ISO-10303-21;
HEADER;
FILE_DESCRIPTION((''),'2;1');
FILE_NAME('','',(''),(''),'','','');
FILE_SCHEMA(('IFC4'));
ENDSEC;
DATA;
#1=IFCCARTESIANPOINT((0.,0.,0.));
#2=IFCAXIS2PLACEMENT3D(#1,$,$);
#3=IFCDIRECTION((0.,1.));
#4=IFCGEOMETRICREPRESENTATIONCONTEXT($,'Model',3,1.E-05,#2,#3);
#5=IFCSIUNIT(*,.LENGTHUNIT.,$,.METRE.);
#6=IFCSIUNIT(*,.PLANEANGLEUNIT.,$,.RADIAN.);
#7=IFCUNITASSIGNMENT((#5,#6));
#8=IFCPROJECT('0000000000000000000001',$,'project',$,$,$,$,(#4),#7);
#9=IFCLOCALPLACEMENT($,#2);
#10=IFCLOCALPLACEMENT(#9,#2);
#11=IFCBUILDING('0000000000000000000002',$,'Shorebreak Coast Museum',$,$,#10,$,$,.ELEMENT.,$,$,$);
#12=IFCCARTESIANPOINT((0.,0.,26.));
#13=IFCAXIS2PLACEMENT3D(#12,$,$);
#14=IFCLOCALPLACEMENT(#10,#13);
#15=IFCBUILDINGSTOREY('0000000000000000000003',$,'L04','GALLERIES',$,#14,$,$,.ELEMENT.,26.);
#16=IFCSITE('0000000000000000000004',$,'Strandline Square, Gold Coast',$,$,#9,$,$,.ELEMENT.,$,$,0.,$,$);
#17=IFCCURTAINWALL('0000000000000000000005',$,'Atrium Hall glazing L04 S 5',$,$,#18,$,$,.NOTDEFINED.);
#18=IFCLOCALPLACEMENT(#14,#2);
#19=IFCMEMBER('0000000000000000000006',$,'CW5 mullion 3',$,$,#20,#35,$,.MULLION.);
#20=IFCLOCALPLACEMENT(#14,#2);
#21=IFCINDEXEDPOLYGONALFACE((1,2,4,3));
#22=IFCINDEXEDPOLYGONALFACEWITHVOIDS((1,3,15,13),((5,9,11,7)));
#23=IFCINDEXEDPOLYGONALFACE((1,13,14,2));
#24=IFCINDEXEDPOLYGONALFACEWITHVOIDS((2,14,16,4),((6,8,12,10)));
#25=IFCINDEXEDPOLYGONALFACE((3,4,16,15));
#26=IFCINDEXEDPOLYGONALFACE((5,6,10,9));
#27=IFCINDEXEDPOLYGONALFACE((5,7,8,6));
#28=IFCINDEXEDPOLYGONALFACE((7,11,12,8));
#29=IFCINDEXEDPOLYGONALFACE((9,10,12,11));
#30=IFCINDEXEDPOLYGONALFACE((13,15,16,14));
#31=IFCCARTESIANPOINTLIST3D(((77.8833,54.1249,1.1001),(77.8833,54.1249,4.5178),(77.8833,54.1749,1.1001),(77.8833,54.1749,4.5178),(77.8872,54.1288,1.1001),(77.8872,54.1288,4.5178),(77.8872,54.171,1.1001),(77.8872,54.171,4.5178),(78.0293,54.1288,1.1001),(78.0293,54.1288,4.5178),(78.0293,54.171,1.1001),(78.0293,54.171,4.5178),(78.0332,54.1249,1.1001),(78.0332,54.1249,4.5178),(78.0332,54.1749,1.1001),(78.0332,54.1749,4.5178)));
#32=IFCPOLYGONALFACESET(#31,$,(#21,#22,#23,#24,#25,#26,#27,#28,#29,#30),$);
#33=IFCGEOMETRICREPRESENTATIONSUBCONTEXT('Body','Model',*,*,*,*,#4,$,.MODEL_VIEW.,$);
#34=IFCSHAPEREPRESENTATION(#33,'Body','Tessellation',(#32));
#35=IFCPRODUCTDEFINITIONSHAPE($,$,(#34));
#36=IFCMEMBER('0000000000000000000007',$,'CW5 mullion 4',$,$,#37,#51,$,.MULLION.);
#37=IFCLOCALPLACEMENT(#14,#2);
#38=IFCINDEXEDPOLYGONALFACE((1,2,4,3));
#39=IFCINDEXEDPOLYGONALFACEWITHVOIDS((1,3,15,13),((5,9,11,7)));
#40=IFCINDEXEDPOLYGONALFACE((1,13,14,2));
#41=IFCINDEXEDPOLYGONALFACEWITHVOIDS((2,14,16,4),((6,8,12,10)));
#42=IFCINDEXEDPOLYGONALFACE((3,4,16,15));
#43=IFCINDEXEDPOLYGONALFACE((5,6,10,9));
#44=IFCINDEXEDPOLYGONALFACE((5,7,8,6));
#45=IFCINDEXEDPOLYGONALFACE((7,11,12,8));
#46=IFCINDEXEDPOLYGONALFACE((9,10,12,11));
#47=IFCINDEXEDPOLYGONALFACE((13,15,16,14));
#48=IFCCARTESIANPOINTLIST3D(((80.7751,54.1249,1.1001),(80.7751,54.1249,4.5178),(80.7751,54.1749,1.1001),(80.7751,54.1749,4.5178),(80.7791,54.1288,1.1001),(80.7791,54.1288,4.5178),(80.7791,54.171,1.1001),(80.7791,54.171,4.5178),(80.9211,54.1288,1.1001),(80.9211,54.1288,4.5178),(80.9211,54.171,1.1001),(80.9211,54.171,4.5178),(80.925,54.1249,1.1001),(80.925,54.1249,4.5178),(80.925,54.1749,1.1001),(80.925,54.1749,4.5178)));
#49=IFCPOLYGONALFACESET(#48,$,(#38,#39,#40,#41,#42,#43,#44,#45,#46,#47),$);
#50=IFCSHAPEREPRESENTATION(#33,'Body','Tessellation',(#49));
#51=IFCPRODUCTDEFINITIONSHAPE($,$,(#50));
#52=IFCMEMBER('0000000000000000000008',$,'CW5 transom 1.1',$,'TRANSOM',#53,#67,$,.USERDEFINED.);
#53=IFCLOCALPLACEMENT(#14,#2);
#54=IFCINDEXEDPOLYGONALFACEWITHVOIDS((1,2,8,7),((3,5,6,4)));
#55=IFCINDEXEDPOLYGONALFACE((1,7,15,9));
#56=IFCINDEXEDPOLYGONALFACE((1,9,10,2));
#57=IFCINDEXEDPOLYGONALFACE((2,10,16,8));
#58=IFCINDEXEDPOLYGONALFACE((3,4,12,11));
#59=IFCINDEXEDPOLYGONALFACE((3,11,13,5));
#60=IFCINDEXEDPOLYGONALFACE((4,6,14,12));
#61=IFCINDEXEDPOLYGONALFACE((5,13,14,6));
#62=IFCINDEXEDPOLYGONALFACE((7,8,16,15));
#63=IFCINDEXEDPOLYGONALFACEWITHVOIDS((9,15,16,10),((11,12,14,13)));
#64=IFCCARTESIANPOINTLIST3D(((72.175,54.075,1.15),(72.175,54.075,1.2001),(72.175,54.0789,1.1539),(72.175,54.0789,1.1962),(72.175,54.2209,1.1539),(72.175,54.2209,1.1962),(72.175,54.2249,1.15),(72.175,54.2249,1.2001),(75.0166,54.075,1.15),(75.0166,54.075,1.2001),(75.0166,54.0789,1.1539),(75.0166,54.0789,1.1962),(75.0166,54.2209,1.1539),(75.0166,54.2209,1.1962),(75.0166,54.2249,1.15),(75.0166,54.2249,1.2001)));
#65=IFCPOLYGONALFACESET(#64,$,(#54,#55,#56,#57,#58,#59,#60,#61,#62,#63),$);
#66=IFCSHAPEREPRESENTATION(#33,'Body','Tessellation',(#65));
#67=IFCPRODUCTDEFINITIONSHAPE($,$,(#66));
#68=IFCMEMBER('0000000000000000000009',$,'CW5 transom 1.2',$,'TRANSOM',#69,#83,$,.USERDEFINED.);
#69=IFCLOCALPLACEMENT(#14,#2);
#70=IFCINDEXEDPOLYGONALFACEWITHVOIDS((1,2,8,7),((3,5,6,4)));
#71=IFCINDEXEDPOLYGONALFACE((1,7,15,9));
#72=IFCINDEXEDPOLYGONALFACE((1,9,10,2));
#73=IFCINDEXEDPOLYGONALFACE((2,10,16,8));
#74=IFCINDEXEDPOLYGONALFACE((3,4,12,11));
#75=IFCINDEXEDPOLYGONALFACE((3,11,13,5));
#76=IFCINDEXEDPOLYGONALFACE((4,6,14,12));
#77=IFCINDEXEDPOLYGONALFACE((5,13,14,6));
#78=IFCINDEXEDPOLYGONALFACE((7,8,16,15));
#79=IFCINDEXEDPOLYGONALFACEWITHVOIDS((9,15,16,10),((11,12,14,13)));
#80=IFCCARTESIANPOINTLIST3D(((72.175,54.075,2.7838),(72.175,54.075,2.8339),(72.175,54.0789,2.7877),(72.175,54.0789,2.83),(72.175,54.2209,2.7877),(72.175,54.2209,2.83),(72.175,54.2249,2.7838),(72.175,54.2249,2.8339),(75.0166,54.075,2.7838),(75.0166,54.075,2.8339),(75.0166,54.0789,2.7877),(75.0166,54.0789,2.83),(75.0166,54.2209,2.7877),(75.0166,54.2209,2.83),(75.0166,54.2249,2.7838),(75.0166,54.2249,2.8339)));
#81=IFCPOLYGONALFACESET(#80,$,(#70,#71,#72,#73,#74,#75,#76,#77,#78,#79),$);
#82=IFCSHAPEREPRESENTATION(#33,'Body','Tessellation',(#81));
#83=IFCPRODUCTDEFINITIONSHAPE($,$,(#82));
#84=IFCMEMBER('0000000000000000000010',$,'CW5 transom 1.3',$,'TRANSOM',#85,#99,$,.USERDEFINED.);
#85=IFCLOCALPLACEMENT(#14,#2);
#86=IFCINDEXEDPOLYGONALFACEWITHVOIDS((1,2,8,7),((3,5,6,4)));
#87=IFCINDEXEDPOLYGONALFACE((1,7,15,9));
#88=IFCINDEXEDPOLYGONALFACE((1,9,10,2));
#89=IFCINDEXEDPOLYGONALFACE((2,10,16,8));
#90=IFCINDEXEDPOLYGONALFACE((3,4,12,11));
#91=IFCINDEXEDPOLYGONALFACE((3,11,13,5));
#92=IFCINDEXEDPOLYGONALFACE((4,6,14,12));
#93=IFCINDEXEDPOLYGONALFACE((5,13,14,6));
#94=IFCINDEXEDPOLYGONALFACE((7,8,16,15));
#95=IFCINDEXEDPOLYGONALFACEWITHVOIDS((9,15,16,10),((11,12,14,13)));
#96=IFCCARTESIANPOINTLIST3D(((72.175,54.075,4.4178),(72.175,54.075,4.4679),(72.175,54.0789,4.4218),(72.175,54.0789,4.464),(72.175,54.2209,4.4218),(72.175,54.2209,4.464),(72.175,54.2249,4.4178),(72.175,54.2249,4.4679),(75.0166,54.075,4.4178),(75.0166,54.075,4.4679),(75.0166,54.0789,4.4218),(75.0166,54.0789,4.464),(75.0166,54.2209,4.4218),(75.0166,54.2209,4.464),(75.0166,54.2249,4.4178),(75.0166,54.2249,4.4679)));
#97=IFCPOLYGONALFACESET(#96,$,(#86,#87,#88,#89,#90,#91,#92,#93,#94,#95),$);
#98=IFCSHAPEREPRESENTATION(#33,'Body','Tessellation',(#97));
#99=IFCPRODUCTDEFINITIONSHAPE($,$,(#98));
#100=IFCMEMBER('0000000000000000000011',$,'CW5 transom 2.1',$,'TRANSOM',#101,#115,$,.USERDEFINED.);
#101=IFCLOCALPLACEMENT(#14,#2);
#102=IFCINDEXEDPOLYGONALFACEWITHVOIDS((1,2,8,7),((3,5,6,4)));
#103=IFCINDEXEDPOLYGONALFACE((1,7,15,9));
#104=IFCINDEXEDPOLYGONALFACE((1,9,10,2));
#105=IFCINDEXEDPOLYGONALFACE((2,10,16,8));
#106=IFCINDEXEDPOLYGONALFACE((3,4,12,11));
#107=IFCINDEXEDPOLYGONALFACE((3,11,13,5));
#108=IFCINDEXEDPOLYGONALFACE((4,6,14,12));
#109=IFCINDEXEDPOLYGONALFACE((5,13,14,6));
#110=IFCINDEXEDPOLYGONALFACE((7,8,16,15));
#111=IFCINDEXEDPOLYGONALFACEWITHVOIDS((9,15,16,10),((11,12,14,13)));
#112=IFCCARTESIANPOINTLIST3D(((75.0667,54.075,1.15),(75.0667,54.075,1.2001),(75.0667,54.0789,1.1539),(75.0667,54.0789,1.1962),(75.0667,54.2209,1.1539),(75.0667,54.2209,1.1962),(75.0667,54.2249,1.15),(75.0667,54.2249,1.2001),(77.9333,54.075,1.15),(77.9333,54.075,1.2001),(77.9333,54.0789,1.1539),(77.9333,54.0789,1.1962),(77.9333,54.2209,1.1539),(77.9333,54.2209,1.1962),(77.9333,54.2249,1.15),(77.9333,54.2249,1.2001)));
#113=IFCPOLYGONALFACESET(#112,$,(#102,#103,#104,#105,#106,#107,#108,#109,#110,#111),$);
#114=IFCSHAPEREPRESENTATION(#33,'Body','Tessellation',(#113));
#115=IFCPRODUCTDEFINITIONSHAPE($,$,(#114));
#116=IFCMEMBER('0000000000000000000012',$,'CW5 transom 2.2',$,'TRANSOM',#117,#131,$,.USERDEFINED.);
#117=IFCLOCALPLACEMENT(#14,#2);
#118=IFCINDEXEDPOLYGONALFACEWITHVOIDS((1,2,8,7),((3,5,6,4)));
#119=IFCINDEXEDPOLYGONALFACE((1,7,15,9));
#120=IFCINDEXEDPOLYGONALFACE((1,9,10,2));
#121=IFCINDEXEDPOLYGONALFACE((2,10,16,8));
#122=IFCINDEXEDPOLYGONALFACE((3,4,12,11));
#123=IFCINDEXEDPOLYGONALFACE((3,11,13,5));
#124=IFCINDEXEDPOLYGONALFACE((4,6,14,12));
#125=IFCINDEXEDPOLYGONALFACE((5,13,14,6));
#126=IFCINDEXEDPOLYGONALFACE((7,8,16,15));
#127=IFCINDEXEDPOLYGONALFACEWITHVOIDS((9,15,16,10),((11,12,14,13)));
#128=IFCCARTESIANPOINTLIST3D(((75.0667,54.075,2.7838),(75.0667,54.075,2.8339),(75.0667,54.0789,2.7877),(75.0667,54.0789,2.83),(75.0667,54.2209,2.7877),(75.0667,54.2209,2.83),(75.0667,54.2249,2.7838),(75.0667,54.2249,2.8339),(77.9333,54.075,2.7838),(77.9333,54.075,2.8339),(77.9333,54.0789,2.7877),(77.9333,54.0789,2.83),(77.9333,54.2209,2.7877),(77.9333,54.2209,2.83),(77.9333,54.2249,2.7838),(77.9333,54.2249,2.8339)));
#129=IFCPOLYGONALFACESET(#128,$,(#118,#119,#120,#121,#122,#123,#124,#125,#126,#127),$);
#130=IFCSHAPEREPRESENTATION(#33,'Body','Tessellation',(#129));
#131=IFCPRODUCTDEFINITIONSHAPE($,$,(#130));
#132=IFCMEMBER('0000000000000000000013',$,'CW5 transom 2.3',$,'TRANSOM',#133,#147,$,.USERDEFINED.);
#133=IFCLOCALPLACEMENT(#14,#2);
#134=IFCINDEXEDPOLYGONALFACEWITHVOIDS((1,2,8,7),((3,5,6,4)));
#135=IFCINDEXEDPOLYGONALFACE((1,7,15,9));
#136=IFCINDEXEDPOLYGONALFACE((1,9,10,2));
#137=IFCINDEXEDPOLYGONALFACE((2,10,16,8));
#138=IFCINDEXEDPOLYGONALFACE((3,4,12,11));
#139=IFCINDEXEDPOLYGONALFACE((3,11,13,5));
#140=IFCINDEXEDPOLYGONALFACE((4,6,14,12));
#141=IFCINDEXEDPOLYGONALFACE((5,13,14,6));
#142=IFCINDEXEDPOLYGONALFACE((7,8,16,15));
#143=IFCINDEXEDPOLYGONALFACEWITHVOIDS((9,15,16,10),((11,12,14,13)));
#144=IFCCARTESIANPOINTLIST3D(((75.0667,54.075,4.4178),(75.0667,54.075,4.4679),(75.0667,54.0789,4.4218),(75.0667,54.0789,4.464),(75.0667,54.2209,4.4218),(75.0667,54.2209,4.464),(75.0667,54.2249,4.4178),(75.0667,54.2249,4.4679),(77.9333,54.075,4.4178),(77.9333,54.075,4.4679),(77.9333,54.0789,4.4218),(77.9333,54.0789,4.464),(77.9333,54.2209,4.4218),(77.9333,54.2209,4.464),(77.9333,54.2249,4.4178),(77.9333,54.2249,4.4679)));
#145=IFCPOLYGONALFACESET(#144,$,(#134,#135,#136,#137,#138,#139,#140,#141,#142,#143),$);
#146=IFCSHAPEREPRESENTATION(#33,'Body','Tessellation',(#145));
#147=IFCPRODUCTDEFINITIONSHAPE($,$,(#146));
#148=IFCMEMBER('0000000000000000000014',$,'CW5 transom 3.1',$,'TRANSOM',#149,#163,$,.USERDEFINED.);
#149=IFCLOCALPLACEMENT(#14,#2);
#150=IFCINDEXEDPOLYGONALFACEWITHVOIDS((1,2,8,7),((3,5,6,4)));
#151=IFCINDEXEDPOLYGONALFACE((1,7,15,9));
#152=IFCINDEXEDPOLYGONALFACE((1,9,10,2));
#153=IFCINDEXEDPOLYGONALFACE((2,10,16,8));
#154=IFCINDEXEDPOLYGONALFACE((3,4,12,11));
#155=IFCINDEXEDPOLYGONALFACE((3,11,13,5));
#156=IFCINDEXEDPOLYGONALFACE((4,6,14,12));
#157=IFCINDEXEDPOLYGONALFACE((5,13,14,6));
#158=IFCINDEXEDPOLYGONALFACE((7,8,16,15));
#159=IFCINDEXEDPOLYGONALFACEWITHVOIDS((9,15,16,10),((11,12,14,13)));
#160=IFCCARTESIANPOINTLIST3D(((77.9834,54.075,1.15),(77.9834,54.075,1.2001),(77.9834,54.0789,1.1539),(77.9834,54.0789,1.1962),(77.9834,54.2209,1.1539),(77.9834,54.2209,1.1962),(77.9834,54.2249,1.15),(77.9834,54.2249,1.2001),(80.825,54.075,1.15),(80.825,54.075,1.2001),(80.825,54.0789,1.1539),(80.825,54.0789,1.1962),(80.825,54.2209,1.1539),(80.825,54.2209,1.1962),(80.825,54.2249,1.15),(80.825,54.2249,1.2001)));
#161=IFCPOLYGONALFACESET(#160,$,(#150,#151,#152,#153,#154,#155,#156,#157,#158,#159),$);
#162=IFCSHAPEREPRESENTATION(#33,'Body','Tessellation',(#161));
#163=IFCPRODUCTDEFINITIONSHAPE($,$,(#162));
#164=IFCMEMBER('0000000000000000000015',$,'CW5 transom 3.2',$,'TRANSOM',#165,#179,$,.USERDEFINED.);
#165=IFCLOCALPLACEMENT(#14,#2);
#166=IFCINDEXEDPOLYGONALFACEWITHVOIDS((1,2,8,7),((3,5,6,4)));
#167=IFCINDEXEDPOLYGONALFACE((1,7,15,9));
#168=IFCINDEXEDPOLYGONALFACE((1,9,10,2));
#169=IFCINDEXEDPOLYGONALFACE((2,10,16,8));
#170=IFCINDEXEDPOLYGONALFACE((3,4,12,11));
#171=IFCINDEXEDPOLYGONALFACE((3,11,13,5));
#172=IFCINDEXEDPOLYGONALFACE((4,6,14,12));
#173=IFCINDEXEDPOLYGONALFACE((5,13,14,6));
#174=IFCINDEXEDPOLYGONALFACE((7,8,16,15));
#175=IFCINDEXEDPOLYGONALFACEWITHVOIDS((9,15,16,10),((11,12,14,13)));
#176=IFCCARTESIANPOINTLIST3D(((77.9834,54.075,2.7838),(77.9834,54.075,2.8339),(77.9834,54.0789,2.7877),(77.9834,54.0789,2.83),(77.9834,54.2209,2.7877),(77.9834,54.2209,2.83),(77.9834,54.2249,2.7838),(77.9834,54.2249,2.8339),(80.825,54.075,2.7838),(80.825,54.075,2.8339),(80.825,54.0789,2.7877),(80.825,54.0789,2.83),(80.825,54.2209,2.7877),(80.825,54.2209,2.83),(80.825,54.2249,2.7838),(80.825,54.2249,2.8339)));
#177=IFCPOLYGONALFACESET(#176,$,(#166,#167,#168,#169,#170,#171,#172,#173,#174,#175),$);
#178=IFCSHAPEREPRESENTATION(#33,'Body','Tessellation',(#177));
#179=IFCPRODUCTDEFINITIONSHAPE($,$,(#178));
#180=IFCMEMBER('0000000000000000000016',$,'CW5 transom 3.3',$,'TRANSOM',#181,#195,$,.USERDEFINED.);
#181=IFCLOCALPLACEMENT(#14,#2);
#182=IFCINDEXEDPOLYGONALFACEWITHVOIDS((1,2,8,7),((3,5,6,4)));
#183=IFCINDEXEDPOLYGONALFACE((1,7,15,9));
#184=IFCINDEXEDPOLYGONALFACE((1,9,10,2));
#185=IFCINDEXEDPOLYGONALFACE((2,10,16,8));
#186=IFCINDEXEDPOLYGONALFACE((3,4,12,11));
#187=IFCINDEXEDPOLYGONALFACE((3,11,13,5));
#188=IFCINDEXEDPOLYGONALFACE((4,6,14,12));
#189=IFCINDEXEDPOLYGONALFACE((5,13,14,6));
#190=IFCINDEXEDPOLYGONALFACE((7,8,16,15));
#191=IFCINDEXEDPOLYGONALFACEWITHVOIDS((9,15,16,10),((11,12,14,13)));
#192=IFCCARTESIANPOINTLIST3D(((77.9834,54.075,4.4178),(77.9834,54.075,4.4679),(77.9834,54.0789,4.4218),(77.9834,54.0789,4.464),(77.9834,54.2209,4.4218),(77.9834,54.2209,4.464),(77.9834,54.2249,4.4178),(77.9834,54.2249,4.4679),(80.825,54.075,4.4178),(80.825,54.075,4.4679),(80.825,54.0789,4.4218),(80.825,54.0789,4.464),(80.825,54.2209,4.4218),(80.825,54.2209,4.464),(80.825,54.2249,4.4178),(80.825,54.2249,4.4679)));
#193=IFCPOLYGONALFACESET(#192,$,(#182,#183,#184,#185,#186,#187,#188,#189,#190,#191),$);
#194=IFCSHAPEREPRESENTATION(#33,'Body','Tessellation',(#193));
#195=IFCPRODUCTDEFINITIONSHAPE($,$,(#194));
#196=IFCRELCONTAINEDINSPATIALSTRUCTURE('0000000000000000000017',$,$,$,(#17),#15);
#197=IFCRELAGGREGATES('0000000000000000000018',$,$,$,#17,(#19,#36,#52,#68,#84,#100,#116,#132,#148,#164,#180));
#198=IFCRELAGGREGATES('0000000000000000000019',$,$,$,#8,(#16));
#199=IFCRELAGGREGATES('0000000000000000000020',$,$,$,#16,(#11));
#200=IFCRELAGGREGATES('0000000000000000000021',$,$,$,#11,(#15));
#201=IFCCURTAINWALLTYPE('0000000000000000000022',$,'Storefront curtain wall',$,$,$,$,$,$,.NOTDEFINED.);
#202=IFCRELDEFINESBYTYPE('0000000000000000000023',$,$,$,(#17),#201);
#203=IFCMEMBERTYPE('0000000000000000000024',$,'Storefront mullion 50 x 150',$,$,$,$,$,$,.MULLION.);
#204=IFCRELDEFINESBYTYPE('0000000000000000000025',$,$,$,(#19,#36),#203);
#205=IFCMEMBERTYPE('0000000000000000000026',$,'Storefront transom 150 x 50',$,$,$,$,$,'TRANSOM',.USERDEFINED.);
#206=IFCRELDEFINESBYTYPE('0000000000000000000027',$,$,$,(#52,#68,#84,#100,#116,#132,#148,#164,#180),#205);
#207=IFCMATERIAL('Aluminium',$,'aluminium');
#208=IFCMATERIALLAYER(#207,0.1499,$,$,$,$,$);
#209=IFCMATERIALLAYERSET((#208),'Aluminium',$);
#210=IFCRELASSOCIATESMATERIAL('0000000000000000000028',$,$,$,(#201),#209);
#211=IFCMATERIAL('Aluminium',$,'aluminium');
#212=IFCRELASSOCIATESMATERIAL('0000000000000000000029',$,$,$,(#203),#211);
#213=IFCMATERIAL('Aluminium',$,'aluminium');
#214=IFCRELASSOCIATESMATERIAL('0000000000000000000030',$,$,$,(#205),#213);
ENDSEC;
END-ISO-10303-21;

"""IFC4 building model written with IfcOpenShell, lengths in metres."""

from ifc_helpers import new_model, si_unit, direction, frame, origin, origin_2d, place, context, subcontext, project, spatial, hollow_rectangle, extrude, material, layer, layer_set, material_profile, profile_set, type_object, element, aggregate, save


model = new_model("IFC4")

# Units and contexts
model_context = context("Model", 3, precision=1e-05, world=origin(), true_north=direction((0.0, 1.0)))
body_context = subcontext(model_context, "Body", "Model", "MODEL_VIEW")
ifc_project = project(units=[si_unit("LENGTHUNIT", "METRE"), si_unit("PLANEANGLEUNIT", "RADIAN")], contexts=[model_context])

# Site, building, storey
site_placement = place(None, origin())
site = spatial("IfcSite", under=ifc_project, at=site_placement, Name="Strandline Square, Gold Coast", CompositionType="ELEMENT", RefElevation=0.0)
building_placement = place(site_placement, origin())
building = spatial("IfcBuilding", under=site, at=building_placement, Name="Shorebreak Coast Museum", CompositionType="ELEMENT")
storey_placement = place(building_placement, frame((0.0, 0.0, 26.0)))
storey = spatial("IfcBuildingStorey", under=building, at=storey_placement, Name="L04", Description="GALLERIES", CompositionType="ELEMENT", Elevation=26.0)

# Shared definitions
ifc_material_1 = material(Name="Aluminium", Category="aluminium")
ifc_layer_1 = layer(ifc_material_1, 0.1499)
ifc_layer_set_1 = layer_set([ifc_layer_1], Name="Aluminium")
curtain_wall_type = type_object("IfcCurtainWallType", Name="Storefront curtain wall", PredefinedType="NOTDEFINED", material=ifc_layer_set_1)
ifc_material_2 = material(Name="Aluminium", Category="aluminium")
ifc_material_profile_1 = material_profile(ifc_material_2, hollow_rectangle(XDim=0.05, YDim=0.1499, WallThickness=0.0039, at=origin_2d()), Name="AL 150x50 RHS")
ifc_profile_set_1 = profile_set([ifc_material_profile_1], Name="Aluminium")
member_type_1 = type_object("IfcMemberType", Name="Storefront mullion 50 x 150", PredefinedType="MULLION", material=ifc_profile_set_1)

# Curtain wall, members
curtain_wall_1_placement = place(storey_placement, origin())
curtain_wall_1 = element("IfcCurtainWall", 1, at=curtain_wall_1_placement, inside=storey, type_object=curtain_wall_type, Name="Atrium Hall glazing L04 S 5", PredefinedType="NOTDEFINED")
member_1_placement = place(storey_placement, frame((77.9583, 54.1499, 1.1001), z_axis=(0.0, 0.0, 1.0), x_axis=(0.0, 1.0, 0.0)))
member_1 = element("IfcMember", 2, at=member_1_placement, type_object=member_type_1, Name="CW5 mullion 3", PredefinedType="MULLION", context=body_context, shape_type="SweptSolid", body=[
    extrude(hollow_rectangle(XDim=0.05, YDim=0.1499, WallThickness=0.0039, at=origin_2d()), origin(), (0.0, 0.0, 1.0), 3.4177),
])
member_2_placement = place(storey_placement, frame((80.8501, 54.1499, 1.1001), z_axis=(0.0, 0.0, 1.0), x_axis=(0.0, 1.0, 0.0)))
member_2 = element("IfcMember", 3, at=member_2_placement, type_object=member_type_1, Name="CW5 mullion 4", PredefinedType="MULLION", context=body_context, shape_type="SweptSolid", body=[
    extrude(hollow_rectangle(XDim=0.05, YDim=0.1499, WallThickness=0.0039, at=origin_2d()), origin(), (0.0, 0.0, 1.0), 3.4177),
])
ifc_material_3 = material(Name="Aluminium", Category="aluminium")
ifc_material_profile_2 = material_profile(ifc_material_3, hollow_rectangle(XDim=0.1499, YDim=0.05, WallThickness=0.0039, at=origin_2d()), Name="AL 50x150 RHS")
ifc_profile_set_2 = profile_set([ifc_material_profile_2], Name="Aluminium")
member_type_2 = type_object("IfcMemberType", Name="Storefront transom 150 x 50", ElementType="TRANSOM", PredefinedType="USERDEFINED", material=ifc_profile_set_2)
member_3_placement = place(storey_placement, frame((72.175, 54.1499, 1.175), z_axis=(1.0, 0.0, 0.0), x_axis=(0.0, 1.0, 0.0)))
member_3 = element("IfcMember", 4, at=member_3_placement, type_object=member_type_2, Name="CW5 transom 1.1", ObjectType="TRANSOM", PredefinedType="USERDEFINED", context=body_context, shape_type="SweptSolid", body=[
    extrude(hollow_rectangle(XDim=0.1499, YDim=0.05, WallThickness=0.0039, at=origin_2d()), origin(), (0.0, 0.0, 1.0), 2.8416),
])
member_4_placement = place(storey_placement, frame((72.175, 54.1499, 2.8088), z_axis=(1.0, 0.0, 0.0), x_axis=(0.0, 1.0, 0.0)))
member_4 = element("IfcMember", 5, at=member_4_placement, type_object=member_type_2, Name="CW5 transom 1.2", ObjectType="TRANSOM", PredefinedType="USERDEFINED", context=body_context, shape_type="SweptSolid", body=[
    extrude(hollow_rectangle(XDim=0.1499, YDim=0.05, WallThickness=0.0039, at=origin_2d()), origin(), (0.0, 0.0, 1.0), 2.8416),
])
member_5_placement = place(storey_placement, frame((72.175, 54.1499, 4.4429), z_axis=(1.0, 0.0, 0.0), x_axis=(0.0, 1.0, 0.0)))
member_5 = element("IfcMember", 6, at=member_5_placement, type_object=member_type_2, Name="CW5 transom 1.3", ObjectType="TRANSOM", PredefinedType="USERDEFINED", context=body_context, shape_type="SweptSolid", body=[
    extrude(hollow_rectangle(XDim=0.1499, YDim=0.05, WallThickness=0.0039, at=origin_2d()), origin(), (0.0, 0.0, 1.0), 2.8416),
])
member_6_placement = place(storey_placement, frame((75.0667, 54.1499, 1.175), z_axis=(1.0, 0.0, 0.0), x_axis=(0.0, 1.0, 0.0)))
member_6 = element("IfcMember", 7, at=member_6_placement, type_object=member_type_2, Name="CW5 transom 2.1", ObjectType="TRANSOM", PredefinedType="USERDEFINED", context=body_context, shape_type="SweptSolid", body=[
    extrude(hollow_rectangle(XDim=0.1499, YDim=0.05, WallThickness=0.0039, at=origin_2d()), origin(), (0.0, 0.0, 1.0), 2.8667),
])
member_7_placement = place(storey_placement, frame((75.0667, 54.1499, 2.8088), z_axis=(1.0, 0.0, 0.0), x_axis=(0.0, 1.0, 0.0)))
member_7 = element("IfcMember", 8, at=member_7_placement, type_object=member_type_2, Name="CW5 transom 2.2", ObjectType="TRANSOM", PredefinedType="USERDEFINED", context=body_context, shape_type="SweptSolid", body=[
    extrude(hollow_rectangle(XDim=0.1499, YDim=0.05, WallThickness=0.0039, at=origin_2d()), origin(), (0.0, 0.0, 1.0), 2.8667),
])
member_8_placement = place(storey_placement, frame((75.0667, 54.1499, 4.4429), z_axis=(1.0, 0.0, 0.0), x_axis=(0.0, 1.0, 0.0)))
member_8 = element("IfcMember", 9, at=member_8_placement, type_object=member_type_2, Name="CW5 transom 2.3", ObjectType="TRANSOM", PredefinedType="USERDEFINED", context=body_context, shape_type="SweptSolid", body=[
    extrude(hollow_rectangle(XDim=0.1499, YDim=0.05, WallThickness=0.0039, at=origin_2d()), origin(), (0.0, 0.0, 1.0), 2.8667),
])
member_9_placement = place(storey_placement, frame((77.9834, 54.1499, 1.175), z_axis=(1.0, 0.0, 0.0), x_axis=(0.0, 1.0, 0.0)))
member_9 = element("IfcMember", 10, at=member_9_placement, type_object=member_type_2, Name="CW5 transom 3.1", ObjectType="TRANSOM", PredefinedType="USERDEFINED", context=body_context, shape_type="SweptSolid", body=[
    extrude(hollow_rectangle(XDim=0.1499, YDim=0.05, WallThickness=0.0039, at=origin_2d()), origin(), (0.0, 0.0, 1.0), 2.8416),
])
member_10_placement = place(storey_placement, frame((77.9834, 54.1499, 2.8088), z_axis=(1.0, 0.0, 0.0), x_axis=(0.0, 1.0, 0.0)))
member_10 = element("IfcMember", 11, at=member_10_placement, type_object=member_type_2, Name="CW5 transom 3.2", ObjectType="TRANSOM", PredefinedType="USERDEFINED", context=body_context, shape_type="SweptSolid", body=[
    extrude(hollow_rectangle(XDim=0.1499, YDim=0.05, WallThickness=0.0039, at=origin_2d()), origin(), (0.0, 0.0, 1.0), 2.8416),
])
member_11_placement = place(storey_placement, frame((77.9834, 54.1499, 4.4429), z_axis=(1.0, 0.0, 0.0), x_axis=(0.0, 1.0, 0.0)))
member_11 = element("IfcMember", 12, at=member_11_placement, type_object=member_type_2, Name="CW5 transom 3.3", ObjectType="TRANSOM", PredefinedType="USERDEFINED", context=body_context, shape_type="SweptSolid", body=[
    extrude(hollow_rectangle(XDim=0.1499, YDim=0.05, WallThickness=0.0039, at=origin_2d()), origin(), (0.0, 0.0, 1.0), 2.8416),
])
aggregate(curtain_wall_1, [member_1, member_2, member_3, member_4, member_5, member_6, member_7, member_8, member_9, member_10, member_11])

save(model, "model.ifc")
